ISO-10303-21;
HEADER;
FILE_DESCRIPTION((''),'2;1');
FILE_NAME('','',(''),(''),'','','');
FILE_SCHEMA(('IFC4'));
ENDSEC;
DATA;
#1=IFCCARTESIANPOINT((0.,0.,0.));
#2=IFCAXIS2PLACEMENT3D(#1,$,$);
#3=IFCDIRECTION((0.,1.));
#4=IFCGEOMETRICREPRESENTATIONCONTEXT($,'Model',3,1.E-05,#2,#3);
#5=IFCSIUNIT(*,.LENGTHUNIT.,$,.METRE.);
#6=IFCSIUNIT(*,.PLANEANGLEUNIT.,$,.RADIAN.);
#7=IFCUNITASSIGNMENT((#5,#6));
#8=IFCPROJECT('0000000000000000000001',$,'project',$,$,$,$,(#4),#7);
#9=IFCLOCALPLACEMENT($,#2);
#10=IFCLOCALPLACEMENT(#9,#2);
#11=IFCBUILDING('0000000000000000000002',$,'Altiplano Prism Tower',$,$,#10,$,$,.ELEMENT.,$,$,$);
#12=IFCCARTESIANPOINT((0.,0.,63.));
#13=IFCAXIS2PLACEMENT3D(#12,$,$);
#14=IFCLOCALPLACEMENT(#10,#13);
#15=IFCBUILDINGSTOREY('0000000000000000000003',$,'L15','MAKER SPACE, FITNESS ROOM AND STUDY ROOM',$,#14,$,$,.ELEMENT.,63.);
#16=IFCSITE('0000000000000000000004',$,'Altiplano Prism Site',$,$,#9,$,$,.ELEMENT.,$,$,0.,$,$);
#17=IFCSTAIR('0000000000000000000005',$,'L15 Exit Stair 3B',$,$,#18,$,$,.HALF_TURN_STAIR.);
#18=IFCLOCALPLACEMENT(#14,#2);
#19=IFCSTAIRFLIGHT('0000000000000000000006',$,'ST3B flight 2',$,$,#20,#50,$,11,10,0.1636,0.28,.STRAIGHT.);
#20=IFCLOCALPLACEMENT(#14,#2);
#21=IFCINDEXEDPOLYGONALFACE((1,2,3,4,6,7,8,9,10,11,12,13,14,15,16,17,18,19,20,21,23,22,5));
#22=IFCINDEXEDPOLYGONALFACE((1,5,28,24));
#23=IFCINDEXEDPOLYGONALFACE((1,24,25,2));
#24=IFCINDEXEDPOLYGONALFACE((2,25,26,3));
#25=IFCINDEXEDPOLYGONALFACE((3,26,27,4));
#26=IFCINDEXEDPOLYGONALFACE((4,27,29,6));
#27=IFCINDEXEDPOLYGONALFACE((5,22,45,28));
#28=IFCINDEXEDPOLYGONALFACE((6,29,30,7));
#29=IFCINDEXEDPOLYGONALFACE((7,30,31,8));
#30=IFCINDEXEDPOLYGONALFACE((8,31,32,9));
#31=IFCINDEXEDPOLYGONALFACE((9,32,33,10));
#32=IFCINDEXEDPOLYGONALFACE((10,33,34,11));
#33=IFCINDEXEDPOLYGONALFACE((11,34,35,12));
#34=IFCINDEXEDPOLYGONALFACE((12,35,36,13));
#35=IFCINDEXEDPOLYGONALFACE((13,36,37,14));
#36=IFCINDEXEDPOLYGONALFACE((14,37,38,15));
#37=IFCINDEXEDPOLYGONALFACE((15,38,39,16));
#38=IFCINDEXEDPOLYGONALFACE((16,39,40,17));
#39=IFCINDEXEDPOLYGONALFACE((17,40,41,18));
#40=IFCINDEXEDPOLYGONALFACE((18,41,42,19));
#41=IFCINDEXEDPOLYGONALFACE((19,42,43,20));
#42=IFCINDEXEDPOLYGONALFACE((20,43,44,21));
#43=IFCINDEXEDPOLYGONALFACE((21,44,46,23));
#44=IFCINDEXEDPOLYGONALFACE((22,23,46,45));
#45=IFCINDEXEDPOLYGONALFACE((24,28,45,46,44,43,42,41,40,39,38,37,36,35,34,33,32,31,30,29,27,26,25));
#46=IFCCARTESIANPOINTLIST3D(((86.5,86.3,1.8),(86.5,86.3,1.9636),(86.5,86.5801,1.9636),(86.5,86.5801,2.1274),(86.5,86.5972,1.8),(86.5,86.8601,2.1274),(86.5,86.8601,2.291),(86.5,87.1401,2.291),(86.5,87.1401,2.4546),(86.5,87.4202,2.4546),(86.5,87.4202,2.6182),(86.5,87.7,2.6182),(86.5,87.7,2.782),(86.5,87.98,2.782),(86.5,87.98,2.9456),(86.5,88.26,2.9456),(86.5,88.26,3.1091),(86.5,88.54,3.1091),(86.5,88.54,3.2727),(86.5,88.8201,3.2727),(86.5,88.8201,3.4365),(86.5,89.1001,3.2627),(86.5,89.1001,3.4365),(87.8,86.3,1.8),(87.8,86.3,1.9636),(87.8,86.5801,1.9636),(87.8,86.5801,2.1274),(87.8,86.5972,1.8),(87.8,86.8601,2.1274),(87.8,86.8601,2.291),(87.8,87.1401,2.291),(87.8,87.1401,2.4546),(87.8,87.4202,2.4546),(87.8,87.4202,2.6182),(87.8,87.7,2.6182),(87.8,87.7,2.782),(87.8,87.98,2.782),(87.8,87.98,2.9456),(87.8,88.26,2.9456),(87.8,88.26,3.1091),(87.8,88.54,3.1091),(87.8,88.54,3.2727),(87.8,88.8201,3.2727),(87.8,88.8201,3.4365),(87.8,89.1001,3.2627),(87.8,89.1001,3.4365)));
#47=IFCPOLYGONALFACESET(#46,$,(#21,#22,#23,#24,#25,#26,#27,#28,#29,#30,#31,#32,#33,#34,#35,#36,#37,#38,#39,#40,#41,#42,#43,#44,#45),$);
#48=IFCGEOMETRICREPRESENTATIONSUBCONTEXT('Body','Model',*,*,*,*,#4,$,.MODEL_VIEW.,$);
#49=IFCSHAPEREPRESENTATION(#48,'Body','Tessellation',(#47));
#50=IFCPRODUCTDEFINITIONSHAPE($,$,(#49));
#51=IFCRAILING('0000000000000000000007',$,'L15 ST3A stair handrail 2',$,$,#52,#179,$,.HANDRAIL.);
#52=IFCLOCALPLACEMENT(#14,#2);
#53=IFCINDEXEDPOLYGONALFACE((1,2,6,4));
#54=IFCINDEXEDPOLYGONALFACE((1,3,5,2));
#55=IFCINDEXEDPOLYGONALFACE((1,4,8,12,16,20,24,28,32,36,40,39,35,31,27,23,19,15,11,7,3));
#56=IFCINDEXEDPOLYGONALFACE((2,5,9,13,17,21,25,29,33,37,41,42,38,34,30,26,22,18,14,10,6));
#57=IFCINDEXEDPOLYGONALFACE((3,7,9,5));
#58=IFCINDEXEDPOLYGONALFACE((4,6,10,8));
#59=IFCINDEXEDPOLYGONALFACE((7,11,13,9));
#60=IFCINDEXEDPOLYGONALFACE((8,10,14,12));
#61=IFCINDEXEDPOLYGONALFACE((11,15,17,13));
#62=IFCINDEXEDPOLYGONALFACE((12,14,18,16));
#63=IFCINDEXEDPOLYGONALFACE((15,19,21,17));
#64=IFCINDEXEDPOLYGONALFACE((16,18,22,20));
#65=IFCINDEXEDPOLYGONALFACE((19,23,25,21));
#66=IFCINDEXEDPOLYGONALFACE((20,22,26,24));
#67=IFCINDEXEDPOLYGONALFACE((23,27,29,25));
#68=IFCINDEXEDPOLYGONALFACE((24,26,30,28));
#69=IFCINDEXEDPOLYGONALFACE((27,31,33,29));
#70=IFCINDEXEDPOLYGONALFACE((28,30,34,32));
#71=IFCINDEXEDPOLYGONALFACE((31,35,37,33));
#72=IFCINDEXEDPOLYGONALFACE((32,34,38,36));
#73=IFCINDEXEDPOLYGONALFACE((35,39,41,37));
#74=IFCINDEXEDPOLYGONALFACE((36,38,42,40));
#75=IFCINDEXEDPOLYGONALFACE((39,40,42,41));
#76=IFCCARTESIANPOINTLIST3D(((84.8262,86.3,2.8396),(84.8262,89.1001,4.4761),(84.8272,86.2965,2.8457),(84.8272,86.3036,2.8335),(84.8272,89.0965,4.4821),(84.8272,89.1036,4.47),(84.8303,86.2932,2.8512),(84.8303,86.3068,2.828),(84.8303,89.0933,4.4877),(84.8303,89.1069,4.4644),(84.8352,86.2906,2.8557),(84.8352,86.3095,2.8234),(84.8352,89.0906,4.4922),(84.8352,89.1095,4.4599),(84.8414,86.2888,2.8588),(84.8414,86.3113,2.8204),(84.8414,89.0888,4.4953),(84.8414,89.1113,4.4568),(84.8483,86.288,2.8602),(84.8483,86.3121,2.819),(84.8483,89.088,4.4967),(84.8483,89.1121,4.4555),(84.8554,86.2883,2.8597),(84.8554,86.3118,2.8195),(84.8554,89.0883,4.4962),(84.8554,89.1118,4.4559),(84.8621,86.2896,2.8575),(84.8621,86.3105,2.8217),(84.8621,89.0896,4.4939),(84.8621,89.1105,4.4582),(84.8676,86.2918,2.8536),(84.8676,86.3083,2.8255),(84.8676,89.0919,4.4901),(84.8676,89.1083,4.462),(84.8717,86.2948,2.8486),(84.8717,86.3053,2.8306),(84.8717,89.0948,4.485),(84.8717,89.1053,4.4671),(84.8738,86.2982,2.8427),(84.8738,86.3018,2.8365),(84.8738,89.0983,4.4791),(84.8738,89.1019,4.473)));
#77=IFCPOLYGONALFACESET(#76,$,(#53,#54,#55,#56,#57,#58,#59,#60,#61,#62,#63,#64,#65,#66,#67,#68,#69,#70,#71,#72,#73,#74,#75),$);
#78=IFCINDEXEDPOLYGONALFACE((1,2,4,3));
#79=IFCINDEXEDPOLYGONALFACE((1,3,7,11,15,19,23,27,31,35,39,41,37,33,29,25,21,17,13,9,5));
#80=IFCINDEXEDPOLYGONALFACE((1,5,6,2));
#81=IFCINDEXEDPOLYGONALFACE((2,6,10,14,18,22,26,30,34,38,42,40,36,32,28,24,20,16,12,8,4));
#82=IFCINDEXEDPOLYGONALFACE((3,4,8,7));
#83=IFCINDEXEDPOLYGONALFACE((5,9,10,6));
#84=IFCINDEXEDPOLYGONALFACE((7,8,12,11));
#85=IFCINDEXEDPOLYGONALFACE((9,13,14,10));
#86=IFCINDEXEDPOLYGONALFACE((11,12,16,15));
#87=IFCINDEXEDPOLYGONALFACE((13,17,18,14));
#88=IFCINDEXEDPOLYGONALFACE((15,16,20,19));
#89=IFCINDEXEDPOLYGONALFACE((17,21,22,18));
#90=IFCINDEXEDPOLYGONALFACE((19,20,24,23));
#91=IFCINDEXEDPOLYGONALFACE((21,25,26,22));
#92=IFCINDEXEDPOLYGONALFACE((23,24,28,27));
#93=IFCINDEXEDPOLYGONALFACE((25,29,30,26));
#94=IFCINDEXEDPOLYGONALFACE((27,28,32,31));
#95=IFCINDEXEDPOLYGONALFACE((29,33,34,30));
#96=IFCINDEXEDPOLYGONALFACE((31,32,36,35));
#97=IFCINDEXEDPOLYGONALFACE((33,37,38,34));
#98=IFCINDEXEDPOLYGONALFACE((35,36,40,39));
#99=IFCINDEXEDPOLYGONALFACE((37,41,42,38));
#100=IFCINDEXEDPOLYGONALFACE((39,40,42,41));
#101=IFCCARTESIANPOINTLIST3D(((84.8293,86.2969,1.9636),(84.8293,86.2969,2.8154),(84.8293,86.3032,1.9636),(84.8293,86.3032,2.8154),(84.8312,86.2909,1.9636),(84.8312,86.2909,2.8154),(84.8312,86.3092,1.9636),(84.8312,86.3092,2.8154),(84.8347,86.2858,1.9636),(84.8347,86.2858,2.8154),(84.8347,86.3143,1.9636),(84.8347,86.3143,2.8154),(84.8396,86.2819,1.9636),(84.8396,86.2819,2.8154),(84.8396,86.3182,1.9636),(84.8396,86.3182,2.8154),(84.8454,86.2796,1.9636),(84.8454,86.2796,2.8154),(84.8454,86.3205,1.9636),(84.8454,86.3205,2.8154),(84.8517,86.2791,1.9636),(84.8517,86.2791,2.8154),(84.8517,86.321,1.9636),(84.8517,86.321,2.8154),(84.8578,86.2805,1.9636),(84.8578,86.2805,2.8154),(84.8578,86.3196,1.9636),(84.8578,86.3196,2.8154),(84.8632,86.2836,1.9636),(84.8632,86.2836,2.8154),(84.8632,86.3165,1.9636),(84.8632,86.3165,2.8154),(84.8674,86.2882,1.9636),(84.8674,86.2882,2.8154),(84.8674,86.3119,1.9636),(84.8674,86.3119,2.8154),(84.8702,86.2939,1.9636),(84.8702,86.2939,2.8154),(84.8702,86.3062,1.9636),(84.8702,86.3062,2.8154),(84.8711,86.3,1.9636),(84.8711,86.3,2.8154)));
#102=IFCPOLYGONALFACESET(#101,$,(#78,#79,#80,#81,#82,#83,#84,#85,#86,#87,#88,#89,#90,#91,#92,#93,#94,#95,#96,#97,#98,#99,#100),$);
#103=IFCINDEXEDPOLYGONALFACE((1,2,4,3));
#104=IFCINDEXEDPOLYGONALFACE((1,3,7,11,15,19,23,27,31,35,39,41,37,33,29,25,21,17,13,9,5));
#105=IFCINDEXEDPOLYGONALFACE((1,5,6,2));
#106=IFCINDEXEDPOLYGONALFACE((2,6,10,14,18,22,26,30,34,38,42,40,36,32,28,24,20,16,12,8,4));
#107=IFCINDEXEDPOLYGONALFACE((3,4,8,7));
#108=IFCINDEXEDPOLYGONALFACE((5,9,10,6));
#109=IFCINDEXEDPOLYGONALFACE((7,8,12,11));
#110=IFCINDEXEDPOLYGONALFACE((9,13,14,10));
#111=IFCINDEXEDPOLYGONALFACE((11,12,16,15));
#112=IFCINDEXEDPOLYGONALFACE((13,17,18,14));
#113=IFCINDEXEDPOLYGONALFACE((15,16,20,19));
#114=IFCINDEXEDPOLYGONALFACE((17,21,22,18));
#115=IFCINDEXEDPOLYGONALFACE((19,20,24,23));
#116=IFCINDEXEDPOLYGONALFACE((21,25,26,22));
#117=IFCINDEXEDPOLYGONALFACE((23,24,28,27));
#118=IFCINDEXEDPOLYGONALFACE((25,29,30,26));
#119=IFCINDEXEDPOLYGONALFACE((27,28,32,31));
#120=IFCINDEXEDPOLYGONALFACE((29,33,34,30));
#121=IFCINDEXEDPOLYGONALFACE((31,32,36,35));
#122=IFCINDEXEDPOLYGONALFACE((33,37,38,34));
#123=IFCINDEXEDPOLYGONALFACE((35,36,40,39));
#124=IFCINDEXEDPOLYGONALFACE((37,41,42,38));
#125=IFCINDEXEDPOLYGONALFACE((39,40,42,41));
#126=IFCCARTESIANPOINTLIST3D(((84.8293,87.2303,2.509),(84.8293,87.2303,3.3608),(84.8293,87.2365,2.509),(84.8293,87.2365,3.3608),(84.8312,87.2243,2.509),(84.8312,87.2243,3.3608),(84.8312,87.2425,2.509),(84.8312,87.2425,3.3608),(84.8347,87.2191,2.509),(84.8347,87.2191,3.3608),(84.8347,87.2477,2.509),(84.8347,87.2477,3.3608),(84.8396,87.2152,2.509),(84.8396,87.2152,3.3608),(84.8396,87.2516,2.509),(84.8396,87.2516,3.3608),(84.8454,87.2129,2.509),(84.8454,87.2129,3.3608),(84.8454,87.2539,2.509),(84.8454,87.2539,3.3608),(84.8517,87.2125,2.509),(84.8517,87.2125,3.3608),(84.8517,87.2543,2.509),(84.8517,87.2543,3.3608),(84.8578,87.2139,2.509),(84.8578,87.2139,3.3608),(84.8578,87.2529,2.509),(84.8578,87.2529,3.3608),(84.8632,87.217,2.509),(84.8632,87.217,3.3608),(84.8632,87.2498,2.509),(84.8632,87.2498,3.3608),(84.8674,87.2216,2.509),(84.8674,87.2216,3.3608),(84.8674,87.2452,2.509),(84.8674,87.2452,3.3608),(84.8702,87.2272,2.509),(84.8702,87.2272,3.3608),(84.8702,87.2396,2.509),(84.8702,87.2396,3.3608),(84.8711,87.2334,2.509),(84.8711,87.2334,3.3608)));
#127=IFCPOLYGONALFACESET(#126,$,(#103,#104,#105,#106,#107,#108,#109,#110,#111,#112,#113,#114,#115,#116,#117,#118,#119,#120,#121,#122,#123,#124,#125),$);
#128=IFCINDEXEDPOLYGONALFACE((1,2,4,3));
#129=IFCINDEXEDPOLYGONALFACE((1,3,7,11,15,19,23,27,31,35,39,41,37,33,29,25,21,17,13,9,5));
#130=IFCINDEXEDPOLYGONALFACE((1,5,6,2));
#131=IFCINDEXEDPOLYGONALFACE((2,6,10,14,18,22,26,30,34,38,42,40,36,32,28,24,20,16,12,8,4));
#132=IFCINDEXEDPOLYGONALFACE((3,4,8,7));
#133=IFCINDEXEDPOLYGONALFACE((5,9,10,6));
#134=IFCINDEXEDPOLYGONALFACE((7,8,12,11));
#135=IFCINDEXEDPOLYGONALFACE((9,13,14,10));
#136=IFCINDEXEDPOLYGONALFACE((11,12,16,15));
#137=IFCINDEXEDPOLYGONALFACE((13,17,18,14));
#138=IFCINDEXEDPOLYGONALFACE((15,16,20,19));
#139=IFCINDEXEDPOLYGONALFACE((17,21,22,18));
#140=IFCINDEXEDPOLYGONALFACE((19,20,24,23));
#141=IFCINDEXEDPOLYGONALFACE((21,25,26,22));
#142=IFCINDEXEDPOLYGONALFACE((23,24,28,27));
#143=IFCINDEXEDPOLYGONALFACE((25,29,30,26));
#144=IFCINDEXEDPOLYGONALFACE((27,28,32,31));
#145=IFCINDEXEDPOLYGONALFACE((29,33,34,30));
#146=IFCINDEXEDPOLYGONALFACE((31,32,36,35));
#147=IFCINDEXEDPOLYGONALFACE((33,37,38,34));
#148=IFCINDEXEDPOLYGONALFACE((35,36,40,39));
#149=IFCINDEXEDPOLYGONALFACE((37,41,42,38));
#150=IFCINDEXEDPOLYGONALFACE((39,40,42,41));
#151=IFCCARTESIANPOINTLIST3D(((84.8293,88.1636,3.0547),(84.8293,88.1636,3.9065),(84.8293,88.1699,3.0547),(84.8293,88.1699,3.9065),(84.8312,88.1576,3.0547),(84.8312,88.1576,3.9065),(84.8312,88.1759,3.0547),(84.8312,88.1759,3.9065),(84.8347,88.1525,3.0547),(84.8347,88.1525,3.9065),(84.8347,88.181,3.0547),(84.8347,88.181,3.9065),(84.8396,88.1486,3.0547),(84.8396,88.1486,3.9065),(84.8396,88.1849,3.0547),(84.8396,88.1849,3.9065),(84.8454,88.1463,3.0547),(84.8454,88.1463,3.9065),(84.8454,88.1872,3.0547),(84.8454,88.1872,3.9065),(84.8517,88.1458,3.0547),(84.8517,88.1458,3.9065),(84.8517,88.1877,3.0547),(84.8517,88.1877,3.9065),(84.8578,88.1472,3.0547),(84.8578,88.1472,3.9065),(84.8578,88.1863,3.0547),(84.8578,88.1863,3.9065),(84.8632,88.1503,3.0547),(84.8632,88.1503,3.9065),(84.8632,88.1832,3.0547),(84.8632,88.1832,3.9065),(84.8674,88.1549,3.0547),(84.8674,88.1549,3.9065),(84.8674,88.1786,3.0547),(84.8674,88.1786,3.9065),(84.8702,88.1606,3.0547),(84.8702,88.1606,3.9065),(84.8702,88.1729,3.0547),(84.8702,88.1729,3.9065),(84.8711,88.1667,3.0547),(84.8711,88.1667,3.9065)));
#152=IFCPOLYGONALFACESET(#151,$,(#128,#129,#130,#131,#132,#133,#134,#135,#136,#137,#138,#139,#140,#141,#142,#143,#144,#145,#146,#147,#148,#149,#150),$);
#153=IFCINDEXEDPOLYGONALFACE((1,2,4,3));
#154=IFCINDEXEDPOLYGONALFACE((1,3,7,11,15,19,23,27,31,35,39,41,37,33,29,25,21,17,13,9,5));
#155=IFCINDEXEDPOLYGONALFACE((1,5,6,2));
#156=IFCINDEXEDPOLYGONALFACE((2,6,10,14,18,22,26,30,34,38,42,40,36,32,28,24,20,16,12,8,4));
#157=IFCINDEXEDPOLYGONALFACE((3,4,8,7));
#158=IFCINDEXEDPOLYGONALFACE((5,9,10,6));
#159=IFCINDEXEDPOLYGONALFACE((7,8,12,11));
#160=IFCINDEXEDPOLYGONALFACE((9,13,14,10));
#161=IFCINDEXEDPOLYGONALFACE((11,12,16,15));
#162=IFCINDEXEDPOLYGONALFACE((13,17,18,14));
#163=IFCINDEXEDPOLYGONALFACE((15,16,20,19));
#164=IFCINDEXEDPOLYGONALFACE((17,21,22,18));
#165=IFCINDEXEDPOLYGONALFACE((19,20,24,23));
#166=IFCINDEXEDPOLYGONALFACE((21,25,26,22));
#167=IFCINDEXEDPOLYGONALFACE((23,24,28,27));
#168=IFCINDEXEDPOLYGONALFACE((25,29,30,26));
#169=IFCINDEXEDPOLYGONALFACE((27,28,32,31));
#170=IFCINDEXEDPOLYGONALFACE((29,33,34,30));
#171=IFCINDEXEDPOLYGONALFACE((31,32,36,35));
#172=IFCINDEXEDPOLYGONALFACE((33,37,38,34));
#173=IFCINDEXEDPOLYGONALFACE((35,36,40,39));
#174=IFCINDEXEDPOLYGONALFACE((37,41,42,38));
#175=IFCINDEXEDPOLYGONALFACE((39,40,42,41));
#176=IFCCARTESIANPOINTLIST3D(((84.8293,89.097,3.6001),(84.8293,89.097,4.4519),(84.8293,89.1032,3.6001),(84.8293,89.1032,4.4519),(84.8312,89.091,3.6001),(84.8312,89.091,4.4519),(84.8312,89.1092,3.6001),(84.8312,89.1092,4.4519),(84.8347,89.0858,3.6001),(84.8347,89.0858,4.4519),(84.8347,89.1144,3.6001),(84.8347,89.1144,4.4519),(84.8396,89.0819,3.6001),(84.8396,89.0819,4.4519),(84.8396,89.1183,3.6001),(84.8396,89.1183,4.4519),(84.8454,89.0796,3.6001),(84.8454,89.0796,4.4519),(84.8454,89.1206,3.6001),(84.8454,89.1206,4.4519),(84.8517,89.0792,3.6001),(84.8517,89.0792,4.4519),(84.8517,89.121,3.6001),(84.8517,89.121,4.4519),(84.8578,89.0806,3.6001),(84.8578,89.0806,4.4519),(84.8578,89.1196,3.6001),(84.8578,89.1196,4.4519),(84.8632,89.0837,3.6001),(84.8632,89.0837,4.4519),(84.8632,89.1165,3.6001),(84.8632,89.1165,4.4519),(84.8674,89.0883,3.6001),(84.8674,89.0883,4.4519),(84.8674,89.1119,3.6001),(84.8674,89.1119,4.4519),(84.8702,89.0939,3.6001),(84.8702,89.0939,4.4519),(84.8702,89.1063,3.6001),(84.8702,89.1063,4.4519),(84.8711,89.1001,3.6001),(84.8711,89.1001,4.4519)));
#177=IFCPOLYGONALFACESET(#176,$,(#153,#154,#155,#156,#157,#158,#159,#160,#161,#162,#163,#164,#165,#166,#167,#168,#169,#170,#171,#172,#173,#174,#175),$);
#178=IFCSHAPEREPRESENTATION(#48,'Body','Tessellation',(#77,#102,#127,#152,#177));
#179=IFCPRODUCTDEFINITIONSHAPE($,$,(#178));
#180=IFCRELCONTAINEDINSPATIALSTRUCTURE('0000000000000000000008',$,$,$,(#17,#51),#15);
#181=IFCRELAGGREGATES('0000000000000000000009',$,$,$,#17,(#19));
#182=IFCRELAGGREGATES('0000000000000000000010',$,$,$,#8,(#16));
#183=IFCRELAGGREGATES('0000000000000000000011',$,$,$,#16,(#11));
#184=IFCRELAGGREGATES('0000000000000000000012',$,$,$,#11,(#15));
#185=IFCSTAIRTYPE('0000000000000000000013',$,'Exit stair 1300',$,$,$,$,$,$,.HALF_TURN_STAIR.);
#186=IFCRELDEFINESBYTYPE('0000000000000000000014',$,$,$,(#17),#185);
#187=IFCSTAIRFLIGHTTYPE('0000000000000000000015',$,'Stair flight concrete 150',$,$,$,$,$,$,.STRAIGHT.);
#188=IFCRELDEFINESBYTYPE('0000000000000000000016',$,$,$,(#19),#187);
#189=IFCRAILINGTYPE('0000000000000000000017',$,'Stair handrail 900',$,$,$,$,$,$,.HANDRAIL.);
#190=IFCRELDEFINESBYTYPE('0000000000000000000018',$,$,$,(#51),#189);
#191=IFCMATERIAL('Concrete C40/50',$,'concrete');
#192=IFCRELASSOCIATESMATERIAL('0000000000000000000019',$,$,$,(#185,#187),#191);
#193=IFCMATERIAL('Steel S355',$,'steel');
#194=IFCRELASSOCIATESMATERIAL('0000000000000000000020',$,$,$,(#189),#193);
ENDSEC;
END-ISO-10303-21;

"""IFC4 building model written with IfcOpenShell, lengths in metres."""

from ifc_helpers import new_model, si_unit, direction, frame, origin, origin_2d, place, context, subcontext, project, spatial, polyline, circle, outline, extrude, material, type_object, element, aggregate, save


model = new_model("IFC4")

# Units and contexts
model_context = context("Model", 3, precision=1e-05, world=origin(), true_north=direction((0.0, 1.0)))
body_context = subcontext(model_context, "Body", "Model", "MODEL_VIEW")
ifc_project = project(units=[si_unit("LENGTHUNIT", "METRE"), si_unit("PLANEANGLEUNIT", "RADIAN")], contexts=[model_context])

# Site, building, storey
site_placement = place(None, origin())
site = spatial("IfcSite", under=ifc_project, at=site_placement, Name="Altiplano Prism Site", CompositionType="ELEMENT", RefElevation=0.0)
building_placement = place(site_placement, origin())
building = spatial("IfcBuilding", under=site, at=building_placement, Name="Altiplano Prism Tower", CompositionType="ELEMENT")
storey_placement = place(building_placement, frame((0.0, 0.0, 63.0)))
storey = spatial("IfcBuildingStorey", under=building, at=storey_placement, Name="L15", Description="MAKER SPACE, FITNESS ROOM AND STUDY ROOM", CompositionType="ELEMENT", Elevation=63.0)

# Stair, stair flight
ifc_material_1 = material(Name="Concrete C40/50", Category="concrete")
stair_type = type_object("IfcStairType", Name="Exit stair 1300", PredefinedType="HALF_TURN_STAIR", material=ifc_material_1)
stair_flight_type = type_object("IfcStairFlightType", Name="Stair flight concrete 150", PredefinedType="STRAIGHT", material=ifc_material_1)
stair_1_placement = place(storey_placement, origin())
stair_1 = element("IfcStair", 1, at=stair_1_placement, inside=storey, type_object=stair_type, Name="L15 Exit Stair 3B", PredefinedType="HALF_TURN_STAIR")
stair_flight_1_placement = place(storey_placement, frame((87.1499, 86.3, 1.8), z_axis=(0.0, 0.0, 1.0), x_axis=(0.0, 1.0, 0.0)))
stair_flight_1 = element("IfcStairFlight", 2, at=stair_flight_1_placement, type_object=stair_flight_type, Name="ST3B flight 2", NumberOfRisers=11, NumberOfTreads=10, PredefinedType="STRAIGHT", RiserHeight=0.1636, TreadLength=0.28, context=body_context, shape_type="SweptSolid", body=[
    extrude(outline(polyline([(0.0, 0.0), (0.0, 0.1636), (0.28, 0.1636), (0.28, 0.3274), (0.5601, 0.3274), (0.5601, 0.491), (0.8401, 0.491), (0.8401, 0.6545), (1.1201, 0.6545), (1.1201, 0.8181), (1.3999, 0.8181), (1.3999, 0.9819), (1.6799, 0.9819), (1.6799, 1.1455), (1.96, 1.1455), (1.96, 1.3091), (2.24, 1.3091), (2.24, 1.4727), (2.52, 1.4727), (2.52, 1.6365), (2.8, 1.6365), (2.8, 1.8), (2.8, 1.4626), (0.2971, 0.0), (0.0, 0.0)])), frame((0.0, 0.6499, 0.0), z_axis=(0.0, -1.0, 0.0), x_axis=(1.0, 0.0, 0.0)), (0.0, 0.0, 1.0), 1.3),
])
aggregate(stair_1, [stair_flight_1])

# Railing
ifc_material_2 = material(Name="Steel S355", Category="steel")
railing_type = type_object("IfcRailingType", Name="Stair handrail 900", PredefinedType="HANDRAIL", material=ifc_material_2)
for number, where, name in (
    (3, (84.8501, 86.3, 1.9636), "L15 ST3A stair handrail 2"),
):
    element("IfcRailing", number, at=place(storey_placement, frame(where)), inside=storey, type_object=railing_type, Name=name, PredefinedType="HANDRAIL", context=body_context, shape_type="SweptSolid", body=[
        extrude(circle(Radius=0.0239, at=origin_2d()), frame((0.0, 0.0, 0.876), z_axis=(0.0, 0.863361, 0.504587), x_axis=(-1.0, 0.0, 0.0)), (0.0, 0.0, 1.0), 3.2432),
        extrude(circle(Radius=0.021, at=origin_2d()), origin(), (0.0, 0.0, 1.0), 0.8518),
        extrude(circle(Radius=0.021, at=origin_2d()), frame((0.0, 0.9333, 0.5454)), (0.0, 0.0, 1.0), 0.8518),
        extrude(circle(Radius=0.021, at=origin_2d()), frame((0.0, 1.8667, 1.0911)), (0.0, 0.0, 1.0), 0.8518),
        extrude(circle(Radius=0.021, at=origin_2d()), frame((0.0, 2.8, 1.6365)), (0.0, 0.0, 1.0), 0.8518),
    ])

save(model, "model.ifc")
